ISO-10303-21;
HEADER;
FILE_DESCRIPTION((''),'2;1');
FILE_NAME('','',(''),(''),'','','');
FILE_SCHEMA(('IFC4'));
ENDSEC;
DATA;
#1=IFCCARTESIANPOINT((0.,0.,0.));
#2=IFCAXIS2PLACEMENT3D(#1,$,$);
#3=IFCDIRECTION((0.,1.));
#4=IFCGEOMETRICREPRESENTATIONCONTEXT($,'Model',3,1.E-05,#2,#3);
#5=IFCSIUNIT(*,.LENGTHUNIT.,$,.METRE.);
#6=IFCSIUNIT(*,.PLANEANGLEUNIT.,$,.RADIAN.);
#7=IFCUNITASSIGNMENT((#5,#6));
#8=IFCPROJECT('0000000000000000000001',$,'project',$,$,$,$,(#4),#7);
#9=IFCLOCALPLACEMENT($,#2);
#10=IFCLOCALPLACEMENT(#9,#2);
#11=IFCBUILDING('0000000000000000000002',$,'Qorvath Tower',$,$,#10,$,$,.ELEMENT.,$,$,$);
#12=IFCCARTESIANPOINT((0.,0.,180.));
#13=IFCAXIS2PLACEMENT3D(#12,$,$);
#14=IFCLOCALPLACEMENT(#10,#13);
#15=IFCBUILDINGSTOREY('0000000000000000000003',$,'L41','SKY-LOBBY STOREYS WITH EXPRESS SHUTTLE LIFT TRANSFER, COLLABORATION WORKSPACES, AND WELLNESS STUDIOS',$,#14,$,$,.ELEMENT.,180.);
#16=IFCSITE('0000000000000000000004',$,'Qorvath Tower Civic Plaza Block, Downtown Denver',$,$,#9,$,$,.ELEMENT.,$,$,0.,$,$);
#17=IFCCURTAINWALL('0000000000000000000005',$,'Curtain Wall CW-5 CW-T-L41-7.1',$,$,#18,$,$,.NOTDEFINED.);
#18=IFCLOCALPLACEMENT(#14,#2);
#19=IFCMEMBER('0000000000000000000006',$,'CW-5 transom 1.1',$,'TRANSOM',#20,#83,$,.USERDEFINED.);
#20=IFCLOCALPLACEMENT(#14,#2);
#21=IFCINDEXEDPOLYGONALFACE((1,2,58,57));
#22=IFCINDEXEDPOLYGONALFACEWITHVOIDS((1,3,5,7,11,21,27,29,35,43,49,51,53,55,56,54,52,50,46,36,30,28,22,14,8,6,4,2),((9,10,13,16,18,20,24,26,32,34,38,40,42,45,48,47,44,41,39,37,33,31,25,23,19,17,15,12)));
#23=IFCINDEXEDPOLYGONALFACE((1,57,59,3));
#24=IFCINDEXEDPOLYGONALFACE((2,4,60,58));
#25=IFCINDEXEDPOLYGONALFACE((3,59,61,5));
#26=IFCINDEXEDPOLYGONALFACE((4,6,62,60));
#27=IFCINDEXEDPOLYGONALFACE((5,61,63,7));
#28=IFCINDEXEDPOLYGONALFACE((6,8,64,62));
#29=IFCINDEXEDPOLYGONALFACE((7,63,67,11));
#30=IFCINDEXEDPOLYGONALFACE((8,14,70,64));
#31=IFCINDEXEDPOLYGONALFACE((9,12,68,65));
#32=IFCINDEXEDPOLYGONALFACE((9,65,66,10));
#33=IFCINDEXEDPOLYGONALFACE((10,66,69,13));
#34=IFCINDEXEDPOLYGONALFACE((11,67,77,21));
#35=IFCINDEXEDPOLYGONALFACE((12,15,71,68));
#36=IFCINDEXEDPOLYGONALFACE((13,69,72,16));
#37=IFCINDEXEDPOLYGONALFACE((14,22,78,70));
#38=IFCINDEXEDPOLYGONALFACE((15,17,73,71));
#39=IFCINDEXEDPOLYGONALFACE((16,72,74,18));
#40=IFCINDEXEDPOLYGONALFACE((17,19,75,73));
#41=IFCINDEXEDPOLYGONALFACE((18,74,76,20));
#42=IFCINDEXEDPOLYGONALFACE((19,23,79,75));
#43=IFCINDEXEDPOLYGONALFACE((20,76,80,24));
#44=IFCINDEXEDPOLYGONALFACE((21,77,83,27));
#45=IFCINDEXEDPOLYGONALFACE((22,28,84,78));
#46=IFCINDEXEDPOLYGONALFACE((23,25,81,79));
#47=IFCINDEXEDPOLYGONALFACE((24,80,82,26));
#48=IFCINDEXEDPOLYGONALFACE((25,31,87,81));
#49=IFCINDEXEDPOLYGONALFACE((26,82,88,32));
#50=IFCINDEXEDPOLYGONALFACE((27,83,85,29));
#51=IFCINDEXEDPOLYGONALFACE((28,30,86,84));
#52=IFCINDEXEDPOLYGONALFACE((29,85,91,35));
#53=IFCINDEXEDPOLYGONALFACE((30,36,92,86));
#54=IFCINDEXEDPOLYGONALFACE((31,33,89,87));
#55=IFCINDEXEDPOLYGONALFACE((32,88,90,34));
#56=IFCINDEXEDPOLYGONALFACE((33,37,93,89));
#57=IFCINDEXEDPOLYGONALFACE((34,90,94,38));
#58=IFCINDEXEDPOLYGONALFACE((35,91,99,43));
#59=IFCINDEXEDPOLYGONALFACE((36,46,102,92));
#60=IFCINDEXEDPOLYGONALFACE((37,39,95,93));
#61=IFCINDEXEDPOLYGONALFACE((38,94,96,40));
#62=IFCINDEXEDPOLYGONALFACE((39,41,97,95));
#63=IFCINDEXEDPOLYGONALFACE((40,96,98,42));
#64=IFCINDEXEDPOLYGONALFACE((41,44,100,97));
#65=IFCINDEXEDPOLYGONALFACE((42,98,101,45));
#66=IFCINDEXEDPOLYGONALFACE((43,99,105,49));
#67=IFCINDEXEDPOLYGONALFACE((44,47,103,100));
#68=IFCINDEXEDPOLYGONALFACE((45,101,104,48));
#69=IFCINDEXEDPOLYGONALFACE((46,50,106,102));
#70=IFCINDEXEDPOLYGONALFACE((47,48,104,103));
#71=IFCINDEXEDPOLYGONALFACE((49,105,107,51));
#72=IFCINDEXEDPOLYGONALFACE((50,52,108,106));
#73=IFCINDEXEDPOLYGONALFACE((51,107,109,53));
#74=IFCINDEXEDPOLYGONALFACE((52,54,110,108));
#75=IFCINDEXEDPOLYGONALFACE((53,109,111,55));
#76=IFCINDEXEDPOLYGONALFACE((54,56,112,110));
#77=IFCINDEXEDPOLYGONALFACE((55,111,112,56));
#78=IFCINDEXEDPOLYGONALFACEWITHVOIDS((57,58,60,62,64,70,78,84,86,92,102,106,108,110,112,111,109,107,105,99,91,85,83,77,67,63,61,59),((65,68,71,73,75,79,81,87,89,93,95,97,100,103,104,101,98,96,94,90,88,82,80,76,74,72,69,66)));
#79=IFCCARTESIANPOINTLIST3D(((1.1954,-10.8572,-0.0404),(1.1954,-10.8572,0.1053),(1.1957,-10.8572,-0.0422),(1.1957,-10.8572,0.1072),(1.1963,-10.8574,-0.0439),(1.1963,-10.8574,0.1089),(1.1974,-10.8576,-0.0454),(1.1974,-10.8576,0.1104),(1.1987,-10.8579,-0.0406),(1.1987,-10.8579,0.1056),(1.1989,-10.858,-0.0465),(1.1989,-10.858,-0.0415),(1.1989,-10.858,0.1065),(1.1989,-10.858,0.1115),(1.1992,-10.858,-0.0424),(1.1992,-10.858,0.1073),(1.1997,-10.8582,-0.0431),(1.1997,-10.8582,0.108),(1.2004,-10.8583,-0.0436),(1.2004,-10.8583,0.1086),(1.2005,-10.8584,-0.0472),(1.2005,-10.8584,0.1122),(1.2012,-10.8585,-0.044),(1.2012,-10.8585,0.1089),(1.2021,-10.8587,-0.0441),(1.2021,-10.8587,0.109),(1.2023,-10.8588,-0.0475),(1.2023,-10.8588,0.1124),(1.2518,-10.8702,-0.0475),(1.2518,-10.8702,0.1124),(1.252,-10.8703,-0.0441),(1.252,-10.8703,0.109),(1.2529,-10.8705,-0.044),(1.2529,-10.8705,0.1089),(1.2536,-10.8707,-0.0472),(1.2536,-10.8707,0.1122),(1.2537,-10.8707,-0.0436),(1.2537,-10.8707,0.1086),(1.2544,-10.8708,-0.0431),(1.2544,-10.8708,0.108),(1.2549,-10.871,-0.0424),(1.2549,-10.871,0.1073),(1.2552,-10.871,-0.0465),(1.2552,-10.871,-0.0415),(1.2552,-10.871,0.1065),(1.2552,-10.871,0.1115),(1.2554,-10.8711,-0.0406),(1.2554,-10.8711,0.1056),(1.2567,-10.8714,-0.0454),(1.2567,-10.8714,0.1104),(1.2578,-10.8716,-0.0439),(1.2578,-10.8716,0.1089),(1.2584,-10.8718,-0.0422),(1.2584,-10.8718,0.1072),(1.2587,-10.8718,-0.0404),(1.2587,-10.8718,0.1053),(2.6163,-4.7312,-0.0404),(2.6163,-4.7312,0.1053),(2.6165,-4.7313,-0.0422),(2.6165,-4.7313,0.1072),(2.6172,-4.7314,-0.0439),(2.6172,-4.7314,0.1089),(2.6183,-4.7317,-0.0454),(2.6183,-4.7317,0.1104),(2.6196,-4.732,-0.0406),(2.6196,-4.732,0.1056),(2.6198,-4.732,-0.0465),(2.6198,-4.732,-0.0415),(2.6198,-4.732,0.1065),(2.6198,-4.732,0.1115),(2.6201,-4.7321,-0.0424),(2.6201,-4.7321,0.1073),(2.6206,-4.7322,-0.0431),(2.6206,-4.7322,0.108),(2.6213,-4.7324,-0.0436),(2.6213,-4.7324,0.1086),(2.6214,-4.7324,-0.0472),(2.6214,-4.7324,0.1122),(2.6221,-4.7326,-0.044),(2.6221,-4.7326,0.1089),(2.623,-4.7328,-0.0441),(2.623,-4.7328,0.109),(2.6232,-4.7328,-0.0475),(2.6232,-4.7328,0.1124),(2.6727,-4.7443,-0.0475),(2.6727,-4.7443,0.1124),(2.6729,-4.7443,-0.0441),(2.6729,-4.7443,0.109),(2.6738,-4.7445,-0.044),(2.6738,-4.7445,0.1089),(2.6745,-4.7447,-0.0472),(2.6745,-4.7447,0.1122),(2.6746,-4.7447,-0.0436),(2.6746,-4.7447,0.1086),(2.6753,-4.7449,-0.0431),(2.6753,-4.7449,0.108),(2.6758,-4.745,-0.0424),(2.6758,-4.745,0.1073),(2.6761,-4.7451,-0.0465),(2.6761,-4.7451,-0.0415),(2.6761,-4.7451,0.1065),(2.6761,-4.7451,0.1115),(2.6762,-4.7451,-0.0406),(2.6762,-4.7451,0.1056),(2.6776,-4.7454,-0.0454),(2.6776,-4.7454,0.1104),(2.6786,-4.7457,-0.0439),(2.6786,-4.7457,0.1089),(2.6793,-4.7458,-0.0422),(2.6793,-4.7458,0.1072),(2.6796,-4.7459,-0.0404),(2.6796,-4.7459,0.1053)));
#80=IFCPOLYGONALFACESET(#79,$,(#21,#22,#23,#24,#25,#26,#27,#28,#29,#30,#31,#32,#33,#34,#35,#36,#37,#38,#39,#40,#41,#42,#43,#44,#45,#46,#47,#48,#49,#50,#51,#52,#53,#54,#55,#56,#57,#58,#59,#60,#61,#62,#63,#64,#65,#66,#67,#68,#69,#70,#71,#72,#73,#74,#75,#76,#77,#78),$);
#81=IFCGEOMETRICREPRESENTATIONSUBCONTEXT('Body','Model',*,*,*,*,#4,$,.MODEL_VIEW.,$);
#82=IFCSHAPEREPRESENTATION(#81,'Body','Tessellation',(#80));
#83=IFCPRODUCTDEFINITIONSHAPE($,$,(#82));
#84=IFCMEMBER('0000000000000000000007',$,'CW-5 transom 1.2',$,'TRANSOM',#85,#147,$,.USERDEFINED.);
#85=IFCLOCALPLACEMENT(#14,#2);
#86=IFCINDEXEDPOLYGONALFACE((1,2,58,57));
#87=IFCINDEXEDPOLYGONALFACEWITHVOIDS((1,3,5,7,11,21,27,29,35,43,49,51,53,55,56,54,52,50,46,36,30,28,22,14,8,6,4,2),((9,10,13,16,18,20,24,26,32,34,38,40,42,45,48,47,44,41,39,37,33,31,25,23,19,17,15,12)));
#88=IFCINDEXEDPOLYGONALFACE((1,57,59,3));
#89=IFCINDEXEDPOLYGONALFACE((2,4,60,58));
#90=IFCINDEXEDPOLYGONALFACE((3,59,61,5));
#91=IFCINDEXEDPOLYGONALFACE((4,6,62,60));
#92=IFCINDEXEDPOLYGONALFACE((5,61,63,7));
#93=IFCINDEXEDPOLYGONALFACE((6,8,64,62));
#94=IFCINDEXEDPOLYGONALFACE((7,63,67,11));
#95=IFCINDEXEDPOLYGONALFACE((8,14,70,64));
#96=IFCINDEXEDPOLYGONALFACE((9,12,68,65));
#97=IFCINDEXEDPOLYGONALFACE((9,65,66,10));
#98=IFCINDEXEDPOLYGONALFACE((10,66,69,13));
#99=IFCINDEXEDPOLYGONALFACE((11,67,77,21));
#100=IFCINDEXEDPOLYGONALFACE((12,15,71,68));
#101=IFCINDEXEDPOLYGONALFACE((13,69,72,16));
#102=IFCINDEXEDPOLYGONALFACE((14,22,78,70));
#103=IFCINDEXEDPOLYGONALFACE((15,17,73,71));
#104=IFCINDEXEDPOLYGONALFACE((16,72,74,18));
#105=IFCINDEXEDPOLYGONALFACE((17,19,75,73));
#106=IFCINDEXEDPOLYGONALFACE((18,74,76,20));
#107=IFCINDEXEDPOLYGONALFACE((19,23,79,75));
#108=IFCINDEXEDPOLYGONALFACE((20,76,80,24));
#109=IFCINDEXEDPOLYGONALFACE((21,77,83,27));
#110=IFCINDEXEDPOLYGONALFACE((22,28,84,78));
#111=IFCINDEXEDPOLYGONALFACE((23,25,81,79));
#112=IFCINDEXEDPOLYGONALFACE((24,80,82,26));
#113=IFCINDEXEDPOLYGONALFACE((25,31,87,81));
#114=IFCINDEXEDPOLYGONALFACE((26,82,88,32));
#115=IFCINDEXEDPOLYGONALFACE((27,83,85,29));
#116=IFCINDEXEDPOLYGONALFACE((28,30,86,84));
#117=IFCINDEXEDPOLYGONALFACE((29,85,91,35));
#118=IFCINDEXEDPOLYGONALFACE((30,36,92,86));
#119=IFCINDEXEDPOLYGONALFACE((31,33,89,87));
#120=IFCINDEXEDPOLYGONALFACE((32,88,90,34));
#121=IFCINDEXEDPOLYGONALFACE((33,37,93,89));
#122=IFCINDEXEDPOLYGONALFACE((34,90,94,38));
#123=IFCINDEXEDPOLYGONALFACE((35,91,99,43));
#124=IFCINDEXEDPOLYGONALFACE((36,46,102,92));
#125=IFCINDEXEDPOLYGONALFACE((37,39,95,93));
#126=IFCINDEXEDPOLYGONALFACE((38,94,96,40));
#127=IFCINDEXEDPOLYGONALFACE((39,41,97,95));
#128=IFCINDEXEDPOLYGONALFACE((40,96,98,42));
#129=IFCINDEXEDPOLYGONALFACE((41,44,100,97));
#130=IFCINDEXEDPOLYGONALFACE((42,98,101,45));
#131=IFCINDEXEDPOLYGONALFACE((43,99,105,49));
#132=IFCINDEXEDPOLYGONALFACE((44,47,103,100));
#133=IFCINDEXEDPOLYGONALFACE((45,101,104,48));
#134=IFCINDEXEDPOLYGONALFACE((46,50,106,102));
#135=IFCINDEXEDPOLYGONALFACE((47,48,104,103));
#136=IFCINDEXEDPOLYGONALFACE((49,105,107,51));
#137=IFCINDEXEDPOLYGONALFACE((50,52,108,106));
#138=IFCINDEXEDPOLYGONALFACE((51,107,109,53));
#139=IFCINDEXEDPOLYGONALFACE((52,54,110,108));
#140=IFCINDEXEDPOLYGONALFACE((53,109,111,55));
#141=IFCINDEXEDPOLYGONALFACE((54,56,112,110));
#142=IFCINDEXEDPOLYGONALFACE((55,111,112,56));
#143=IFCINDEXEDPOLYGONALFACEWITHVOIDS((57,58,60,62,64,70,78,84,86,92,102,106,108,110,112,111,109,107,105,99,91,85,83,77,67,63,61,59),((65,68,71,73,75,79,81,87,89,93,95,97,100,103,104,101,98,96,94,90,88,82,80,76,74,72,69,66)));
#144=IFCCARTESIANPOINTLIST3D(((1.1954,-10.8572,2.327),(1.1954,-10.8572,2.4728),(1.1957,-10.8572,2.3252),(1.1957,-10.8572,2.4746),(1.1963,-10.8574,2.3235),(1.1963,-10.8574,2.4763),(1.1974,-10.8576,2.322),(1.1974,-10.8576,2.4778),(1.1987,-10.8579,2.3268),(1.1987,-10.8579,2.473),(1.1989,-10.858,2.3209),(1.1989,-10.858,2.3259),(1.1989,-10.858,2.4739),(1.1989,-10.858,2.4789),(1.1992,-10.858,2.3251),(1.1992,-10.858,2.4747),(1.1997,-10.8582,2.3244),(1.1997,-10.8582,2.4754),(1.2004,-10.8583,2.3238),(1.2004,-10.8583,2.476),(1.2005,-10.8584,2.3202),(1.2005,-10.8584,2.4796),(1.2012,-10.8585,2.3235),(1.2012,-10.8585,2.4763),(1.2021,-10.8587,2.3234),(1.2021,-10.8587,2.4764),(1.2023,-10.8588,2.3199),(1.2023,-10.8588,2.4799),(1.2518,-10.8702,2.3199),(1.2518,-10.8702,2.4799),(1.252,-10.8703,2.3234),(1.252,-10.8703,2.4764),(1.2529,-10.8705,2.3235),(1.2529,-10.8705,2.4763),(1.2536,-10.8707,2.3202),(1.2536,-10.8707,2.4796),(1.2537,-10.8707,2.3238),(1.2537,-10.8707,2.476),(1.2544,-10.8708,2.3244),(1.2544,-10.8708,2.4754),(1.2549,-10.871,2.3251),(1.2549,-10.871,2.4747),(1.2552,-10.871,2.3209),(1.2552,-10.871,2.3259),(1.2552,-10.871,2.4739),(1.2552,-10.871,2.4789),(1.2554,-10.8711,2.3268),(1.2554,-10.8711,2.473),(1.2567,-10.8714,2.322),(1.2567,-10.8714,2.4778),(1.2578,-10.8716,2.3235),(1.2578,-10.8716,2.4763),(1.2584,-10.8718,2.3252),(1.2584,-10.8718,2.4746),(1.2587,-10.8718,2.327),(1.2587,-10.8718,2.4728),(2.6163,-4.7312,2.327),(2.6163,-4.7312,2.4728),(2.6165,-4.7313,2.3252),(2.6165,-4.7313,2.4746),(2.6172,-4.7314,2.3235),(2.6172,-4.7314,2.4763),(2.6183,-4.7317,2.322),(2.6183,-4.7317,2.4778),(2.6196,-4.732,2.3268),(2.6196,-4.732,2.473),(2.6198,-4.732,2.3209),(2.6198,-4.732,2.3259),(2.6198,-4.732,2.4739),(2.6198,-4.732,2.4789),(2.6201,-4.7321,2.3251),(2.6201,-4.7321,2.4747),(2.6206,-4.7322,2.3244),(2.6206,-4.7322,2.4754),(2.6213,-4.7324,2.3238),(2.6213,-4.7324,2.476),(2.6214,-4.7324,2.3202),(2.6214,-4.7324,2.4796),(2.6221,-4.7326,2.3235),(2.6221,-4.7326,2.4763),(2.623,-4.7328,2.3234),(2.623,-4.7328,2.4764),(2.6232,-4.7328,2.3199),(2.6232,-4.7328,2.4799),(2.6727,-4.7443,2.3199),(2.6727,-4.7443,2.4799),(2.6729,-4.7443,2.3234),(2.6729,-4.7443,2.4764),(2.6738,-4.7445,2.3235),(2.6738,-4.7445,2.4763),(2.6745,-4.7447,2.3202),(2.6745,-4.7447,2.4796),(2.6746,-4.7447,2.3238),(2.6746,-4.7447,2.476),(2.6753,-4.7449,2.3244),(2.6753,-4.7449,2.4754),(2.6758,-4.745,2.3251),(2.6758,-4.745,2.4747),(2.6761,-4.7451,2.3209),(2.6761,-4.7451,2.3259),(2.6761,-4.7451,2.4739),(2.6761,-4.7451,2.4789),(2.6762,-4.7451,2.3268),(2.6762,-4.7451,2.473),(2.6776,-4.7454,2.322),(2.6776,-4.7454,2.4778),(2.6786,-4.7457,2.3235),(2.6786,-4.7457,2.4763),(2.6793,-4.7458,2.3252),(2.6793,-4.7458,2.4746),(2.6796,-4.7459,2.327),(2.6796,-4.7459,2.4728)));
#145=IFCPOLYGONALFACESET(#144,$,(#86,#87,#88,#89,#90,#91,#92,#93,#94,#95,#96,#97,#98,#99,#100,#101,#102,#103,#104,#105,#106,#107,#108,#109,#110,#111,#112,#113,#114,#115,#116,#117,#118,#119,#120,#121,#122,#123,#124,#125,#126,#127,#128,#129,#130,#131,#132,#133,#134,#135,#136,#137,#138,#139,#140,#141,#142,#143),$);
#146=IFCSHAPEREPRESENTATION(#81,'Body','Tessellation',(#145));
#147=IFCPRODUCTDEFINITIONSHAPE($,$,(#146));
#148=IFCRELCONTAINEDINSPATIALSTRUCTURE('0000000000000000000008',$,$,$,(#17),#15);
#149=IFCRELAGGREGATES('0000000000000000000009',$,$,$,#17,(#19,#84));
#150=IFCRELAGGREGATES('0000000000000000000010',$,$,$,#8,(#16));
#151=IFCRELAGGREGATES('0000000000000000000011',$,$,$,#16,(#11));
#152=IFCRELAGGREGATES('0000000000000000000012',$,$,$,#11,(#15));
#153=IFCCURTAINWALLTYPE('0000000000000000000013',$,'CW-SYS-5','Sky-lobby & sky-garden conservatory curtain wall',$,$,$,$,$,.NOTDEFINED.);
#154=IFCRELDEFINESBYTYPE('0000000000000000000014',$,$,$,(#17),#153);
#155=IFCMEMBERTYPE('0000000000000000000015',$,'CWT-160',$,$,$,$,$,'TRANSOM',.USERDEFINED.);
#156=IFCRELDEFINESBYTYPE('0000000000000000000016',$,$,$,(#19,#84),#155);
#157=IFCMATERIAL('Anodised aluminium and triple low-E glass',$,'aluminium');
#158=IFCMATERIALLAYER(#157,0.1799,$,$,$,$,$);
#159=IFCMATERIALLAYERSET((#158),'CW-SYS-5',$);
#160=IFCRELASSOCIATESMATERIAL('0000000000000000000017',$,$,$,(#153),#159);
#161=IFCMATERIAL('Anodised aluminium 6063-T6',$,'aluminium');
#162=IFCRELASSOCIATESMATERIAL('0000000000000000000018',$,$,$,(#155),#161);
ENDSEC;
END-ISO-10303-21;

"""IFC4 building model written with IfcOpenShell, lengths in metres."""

from ifc_helpers import new_model, si_unit, direction, frame, origin, origin_2d, place, context, subcontext, project, spatial, hollow_rectangle, extrude, material, layer, layer_set, material_profile, profile_set, type_object, element, aggregate, save


model = new_model("IFC4")

# Units and contexts
model_context = context("Model", 3, precision=1e-05, world=origin(), true_north=direction((0.0, 1.0)))
body_context = subcontext(model_context, "Body", "Model", "MODEL_VIEW")
ifc_project = project(units=[si_unit("LENGTHUNIT", "METRE"), si_unit("PLANEANGLEUNIT", "RADIAN")], contexts=[model_context])

# Site, building, storey
site_placement = place(None, origin())
site = spatial("IfcSite", under=ifc_project, at=site_placement, Name="Qorvath Tower Civic Plaza Block, Downtown Denver", CompositionType="ELEMENT", RefElevation=0.0)
building_placement = place(site_placement, origin())
building = spatial("IfcBuilding", under=site, at=building_placement, Name="Qorvath Tower", CompositionType="ELEMENT")
storey_placement = place(building_placement, frame((0.0, 0.0, 180.0)))
storey = spatial("IfcBuildingStorey", under=building, at=storey_placement, Name="L41", Description="SKY-LOBBY STOREYS WITH EXPRESS SHUTTLE LIFT TRANSFER, COLLABORATION WORKSPACES, AND WELLNESS STUDIOS", CompositionType="ELEMENT", Elevation=180.0)

# Shared definitions
ifc_material_1 = material(Name="Anodised aluminium and triple low-E glass", Category="aluminium")
ifc_layer_1 = layer(ifc_material_1, 0.1799)
ifc_layer_set_1 = layer_set([ifc_layer_1], Name="CW-SYS-5")
curtain_wall_type = type_object("IfcCurtainWallType", Name="CW-SYS-5", Description="Sky-lobby & sky-garden conservatory curtain wall", PredefinedType="NOTDEFINED", material=ifc_layer_set_1)

# Curtain wall
curtain_wall_1_placement = place(storey_placement, origin())
curtain_wall_1 = element("IfcCurtainWall", 1, at=curtain_wall_1_placement, inside=storey, type_object=curtain_wall_type, Name="Curtain Wall CW-5 CW-T-L41-7.1", PredefinedType="NOTDEFINED")

# Members
ifc_material_2 = material(Name="Anodised aluminium 6063-T6", Category="aluminium")
ifc_material_profile_1 = material_profile(ifc_material_2, hollow_rectangle(XDim=0.0649, YDim=0.1599, WallThickness=0.0034, InnerFilletRadius=0.0034, OuterFilletRadius=0.0071, at=origin_2d()), Name="CWT 160x65")
ifc_profile_set_1 = profile_set([ifc_material_profile_1], Name="Anodised aluminium 6063-T6")
member_type_1 = type_object("IfcMemberType", Name="CWT-160", ElementType="TRANSOM", PredefinedType="USERDEFINED", material=ifc_profile_set_1)
member_1_placement = place(storey_placement, frame((1.2271, -10.8645, 0.0325), z_axis=(0.225948, 0.974139, 0.0), x_axis=(-0.974139, 0.225948, 0.0)))
member_1 = element("IfcMember", 2, at=member_1_placement, type_object=member_type_1, Name="CW-5 transom 1.1", ObjectType="TRANSOM", PredefinedType="USERDEFINED", context=body_context, shape_type="SweptSolid", body=[
    extrude(hollow_rectangle(XDim=0.0649, YDim=0.1599, WallThickness=0.0034, InnerFilletRadius=0.0034, OuterFilletRadius=0.0071, at=origin_2d()), origin(), (0.0, 0.0, 1.0), 6.2886),
])
member_2_placement = place(storey_placement, frame((1.2271, -10.8645, 2.3999), z_axis=(0.225948, 0.974139, 0.0), x_axis=(-0.974139, 0.225948, 0.0)))
member_2 = element("IfcMember", 3, at=member_2_placement, type_object=member_type_1, Name="CW-5 transom 1.2", ObjectType="TRANSOM", PredefinedType="USERDEFINED", context=body_context, shape_type="SweptSolid", body=[
    extrude(hollow_rectangle(XDim=0.0649, YDim=0.1599, WallThickness=0.0034, InnerFilletRadius=0.0034, OuterFilletRadius=0.0071, at=origin_2d()), origin(), (0.0, 0.0, 1.0), 6.2886),
])

aggregate(curtain_wall_1, [member_1, member_2])

save(model, "model.ifc")
